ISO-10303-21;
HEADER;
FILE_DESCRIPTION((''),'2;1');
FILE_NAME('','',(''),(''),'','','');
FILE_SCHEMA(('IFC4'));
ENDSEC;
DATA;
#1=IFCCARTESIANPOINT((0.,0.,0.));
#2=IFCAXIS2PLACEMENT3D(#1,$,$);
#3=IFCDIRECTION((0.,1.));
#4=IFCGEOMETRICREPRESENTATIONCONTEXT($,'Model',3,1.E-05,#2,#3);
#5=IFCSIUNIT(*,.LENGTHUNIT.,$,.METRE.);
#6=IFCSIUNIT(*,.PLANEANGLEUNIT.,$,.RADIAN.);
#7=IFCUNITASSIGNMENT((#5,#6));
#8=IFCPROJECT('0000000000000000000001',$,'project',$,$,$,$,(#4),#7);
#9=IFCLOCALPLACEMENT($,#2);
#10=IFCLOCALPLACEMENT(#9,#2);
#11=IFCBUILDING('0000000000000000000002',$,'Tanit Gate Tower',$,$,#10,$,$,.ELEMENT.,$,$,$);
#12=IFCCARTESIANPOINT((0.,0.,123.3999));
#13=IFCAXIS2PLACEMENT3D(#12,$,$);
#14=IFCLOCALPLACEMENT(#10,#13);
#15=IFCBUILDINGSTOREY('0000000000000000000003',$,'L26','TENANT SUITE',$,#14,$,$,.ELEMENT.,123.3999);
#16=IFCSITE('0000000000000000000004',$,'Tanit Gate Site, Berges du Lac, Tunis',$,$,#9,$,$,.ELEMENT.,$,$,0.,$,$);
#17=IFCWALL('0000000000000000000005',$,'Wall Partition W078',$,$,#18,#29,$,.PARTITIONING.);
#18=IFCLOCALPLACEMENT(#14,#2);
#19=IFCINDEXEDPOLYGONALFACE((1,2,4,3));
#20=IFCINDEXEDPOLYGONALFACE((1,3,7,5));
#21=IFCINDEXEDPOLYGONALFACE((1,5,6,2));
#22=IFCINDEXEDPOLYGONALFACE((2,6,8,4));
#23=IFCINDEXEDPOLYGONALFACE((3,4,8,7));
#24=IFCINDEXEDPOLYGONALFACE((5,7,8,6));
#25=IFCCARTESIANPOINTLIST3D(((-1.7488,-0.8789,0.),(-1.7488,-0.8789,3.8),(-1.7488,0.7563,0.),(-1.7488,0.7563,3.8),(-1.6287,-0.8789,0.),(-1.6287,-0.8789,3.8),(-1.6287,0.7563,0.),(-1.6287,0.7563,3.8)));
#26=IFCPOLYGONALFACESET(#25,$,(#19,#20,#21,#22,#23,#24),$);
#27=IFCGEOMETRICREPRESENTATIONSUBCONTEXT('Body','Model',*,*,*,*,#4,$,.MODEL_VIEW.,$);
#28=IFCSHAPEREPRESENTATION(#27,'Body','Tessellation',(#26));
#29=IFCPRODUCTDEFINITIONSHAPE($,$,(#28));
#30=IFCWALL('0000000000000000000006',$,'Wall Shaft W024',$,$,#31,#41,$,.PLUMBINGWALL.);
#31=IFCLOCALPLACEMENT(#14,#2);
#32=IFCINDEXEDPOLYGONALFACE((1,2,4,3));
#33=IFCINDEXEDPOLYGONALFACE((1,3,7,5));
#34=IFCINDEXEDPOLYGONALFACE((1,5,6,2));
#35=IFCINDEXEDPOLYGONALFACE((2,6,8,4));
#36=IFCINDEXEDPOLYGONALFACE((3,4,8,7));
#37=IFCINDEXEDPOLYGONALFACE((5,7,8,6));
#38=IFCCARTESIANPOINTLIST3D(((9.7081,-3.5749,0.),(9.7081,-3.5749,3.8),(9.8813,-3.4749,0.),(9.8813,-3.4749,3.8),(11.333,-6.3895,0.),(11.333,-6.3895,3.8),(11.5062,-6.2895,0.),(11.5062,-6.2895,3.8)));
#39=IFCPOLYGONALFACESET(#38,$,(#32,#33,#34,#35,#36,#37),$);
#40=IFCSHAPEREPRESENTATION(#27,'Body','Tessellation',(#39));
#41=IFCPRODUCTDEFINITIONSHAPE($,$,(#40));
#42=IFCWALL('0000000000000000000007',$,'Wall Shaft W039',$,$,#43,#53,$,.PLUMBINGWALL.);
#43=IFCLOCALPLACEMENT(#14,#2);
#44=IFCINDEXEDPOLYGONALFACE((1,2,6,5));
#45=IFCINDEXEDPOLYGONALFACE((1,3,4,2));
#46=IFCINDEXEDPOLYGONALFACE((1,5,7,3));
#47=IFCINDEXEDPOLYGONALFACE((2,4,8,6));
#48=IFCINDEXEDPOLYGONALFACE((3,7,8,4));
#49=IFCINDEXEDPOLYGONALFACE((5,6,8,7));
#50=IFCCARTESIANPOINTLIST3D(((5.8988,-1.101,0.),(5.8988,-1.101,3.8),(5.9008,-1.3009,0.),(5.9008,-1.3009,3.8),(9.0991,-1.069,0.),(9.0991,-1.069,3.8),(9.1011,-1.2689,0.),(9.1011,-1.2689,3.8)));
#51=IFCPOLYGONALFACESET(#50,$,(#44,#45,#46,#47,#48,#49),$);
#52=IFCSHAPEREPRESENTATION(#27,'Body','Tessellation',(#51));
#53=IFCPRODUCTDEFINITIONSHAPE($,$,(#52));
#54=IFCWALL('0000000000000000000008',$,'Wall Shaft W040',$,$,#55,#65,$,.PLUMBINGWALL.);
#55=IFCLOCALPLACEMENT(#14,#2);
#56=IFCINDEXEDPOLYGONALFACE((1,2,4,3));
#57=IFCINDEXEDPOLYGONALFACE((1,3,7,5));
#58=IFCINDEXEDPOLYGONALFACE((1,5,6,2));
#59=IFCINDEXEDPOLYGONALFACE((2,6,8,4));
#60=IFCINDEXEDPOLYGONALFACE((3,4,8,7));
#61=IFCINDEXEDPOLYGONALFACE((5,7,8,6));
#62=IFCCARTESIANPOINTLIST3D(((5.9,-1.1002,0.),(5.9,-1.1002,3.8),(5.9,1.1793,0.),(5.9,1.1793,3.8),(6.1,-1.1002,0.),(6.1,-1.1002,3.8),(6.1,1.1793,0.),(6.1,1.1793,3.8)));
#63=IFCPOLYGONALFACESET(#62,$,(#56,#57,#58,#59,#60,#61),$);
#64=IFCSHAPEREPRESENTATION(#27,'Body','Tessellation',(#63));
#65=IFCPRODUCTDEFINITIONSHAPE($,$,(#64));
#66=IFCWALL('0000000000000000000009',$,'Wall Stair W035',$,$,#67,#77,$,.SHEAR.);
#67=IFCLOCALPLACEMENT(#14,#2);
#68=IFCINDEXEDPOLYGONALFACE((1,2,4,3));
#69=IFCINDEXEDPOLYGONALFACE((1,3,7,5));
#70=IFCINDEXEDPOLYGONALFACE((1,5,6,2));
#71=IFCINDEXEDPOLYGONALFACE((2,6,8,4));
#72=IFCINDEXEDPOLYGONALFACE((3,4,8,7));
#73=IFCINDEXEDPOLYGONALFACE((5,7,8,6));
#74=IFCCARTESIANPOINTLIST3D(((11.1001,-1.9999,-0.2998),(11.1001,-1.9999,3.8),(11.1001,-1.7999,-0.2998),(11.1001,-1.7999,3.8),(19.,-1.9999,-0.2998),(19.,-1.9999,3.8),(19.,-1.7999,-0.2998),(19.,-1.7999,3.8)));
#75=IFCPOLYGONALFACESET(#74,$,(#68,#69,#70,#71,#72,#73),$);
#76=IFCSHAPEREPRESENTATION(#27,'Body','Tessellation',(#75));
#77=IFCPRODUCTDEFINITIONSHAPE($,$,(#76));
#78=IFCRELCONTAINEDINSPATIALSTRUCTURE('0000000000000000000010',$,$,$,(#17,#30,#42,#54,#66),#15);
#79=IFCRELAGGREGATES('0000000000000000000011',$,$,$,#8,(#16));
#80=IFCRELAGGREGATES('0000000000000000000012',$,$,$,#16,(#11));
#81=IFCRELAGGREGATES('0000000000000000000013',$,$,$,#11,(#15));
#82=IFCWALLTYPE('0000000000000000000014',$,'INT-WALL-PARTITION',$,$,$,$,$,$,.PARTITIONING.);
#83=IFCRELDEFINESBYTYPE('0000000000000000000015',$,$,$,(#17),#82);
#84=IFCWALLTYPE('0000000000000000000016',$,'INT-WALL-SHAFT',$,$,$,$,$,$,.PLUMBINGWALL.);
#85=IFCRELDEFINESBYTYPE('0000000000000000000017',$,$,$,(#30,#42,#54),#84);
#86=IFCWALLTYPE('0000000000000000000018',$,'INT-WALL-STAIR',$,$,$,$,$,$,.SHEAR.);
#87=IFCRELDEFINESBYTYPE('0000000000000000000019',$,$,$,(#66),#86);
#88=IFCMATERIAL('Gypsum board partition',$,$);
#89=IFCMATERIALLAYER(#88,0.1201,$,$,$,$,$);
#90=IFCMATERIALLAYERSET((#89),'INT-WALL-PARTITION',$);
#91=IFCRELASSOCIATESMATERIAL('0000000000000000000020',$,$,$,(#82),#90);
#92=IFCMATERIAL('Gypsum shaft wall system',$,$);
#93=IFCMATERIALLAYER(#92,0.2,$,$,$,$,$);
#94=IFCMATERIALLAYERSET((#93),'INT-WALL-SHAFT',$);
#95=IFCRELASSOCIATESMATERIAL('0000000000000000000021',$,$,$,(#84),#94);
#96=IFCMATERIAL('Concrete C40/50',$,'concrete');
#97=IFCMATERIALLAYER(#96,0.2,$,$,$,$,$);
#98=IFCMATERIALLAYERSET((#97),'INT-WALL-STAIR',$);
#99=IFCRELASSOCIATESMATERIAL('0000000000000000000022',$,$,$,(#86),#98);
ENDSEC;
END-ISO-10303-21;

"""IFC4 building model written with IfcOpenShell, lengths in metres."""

from ifc_helpers import new_model, si_unit, direction, frame, frame_2d, origin, place, context, subcontext, project, spatial, rectangle, extrude, material, layer, layer_set, type_object, element, save


model = new_model("IFC4")

# Units and contexts
model_context = context("Model", 3, precision=1e-05, world=origin(), true_north=direction((0.0, 1.0)))
body_context = subcontext(model_context, "Body", "Model", "MODEL_VIEW")
ifc_project = project(units=[si_unit("LENGTHUNIT", "METRE"), si_unit("PLANEANGLEUNIT", "RADIAN")], contexts=[model_context])

# Site, building, storey
site_placement = place(None, origin())
site = spatial("IfcSite", under=ifc_project, at=site_placement, Name="Tanit Gate Site, Berges du Lac, Tunis", CompositionType="ELEMENT", RefElevation=0.0)
building_placement = place(site_placement, origin())
building = spatial("IfcBuilding", under=site, at=building_placement, Name="Tanit Gate Tower", CompositionType="ELEMENT")
storey_placement = place(building_placement, frame((0.0, 0.0, 123.3999)))
storey = spatial("IfcBuildingStorey", under=building, at=storey_placement, Name="L26", Description="TENANT SUITE", CompositionType="ELEMENT", Elevation=123.3999)

# Shared definitions
ifc_material_1 = material(Name="Gypsum board partition")
ifc_layer_1 = layer(ifc_material_1, 0.1201)
ifc_layer_set_1 = layer_set([ifc_layer_1], Name="INT-WALL-PARTITION")
wall_type_1 = type_object("IfcWallType", Name="INT-WALL-PARTITION", PredefinedType="PARTITIONING", material=ifc_layer_set_1)

# Walls
wall_1_placement = place(storey_placement, frame((-1.6887, -0.8789, 0.0), z_axis=(0.0, 0.0, 1.0), x_axis=(0.0, 1.0, 0.0)))
element("IfcWall", 1, at=wall_1_placement, inside=storey, type_object=wall_type_1, Name="Wall Partition W078", PredefinedType="PARTITIONING", context=body_context, shape_type="SweptSolid", body=[
    extrude(rectangle(XDim=1.6353, YDim=0.1201, at=frame_2d((0.8176, 0.0))), origin(), (0.0, 0.0, 1.0), 3.8),
])
ifc_material_2 = material(Name="Gypsum shaft wall system")
ifc_layer_2 = layer(ifc_material_2, 0.2)
ifc_layer_set_2 = layer_set([ifc_layer_2], Name="INT-WALL-SHAFT")
wall_type_2 = type_object("IfcWallType", Name="INT-WALL-SHAFT", PredefinedType="PLUMBINGWALL", material=ifc_layer_set_2)
wall_2_placement = place(storey_placement, frame((9.7947, -3.5249, 0.0), z_axis=(0.0, 0.0, 1.0), x_axis=(0.499985, -0.866034, 0.0)))
element("IfcWall", 2, at=wall_2_placement, inside=storey, type_object=wall_type_2, Name="Wall Shaft W024", PredefinedType="PLUMBINGWALL", context=body_context, shape_type="SweptSolid", body=[
    extrude(rectangle(XDim=3.25, YDim=0.2, at=frame_2d((1.625, 0.0))), origin(), (0.0, 0.0, 1.0), 3.8),
])
wall_3_placement = place(storey_placement, frame((5.8999, -1.2009, 0.0), z_axis=(0.0, 0.0, 1.0), x_axis=(0.99995, 0.009993, 0.0)))
element("IfcWall", 3, at=wall_3_placement, inside=storey, type_object=wall_type_2, Name="Wall Shaft W039", PredefinedType="PLUMBINGWALL", context=body_context, shape_type="SweptSolid", body=[
    extrude(rectangle(XDim=3.2004, YDim=0.2, at=frame_2d((1.6001, 0.0))), origin(), (0.0, 0.0, 1.0), 3.8),
])
wall_4_placement = place(storey_placement, frame((6.0, -1.1001, 0.0), z_axis=(0.0, 0.0, 1.0), x_axis=(0.0, 1.0, 0.0)))
element("IfcWall", 4, at=wall_4_placement, inside=storey, type_object=wall_type_2, Name="Wall Shaft W040", PredefinedType="PLUMBINGWALL", context=body_context, shape_type="SweptSolid", body=[
    extrude(rectangle(XDim=2.2795, YDim=0.2, at=frame_2d((1.1396, 0.0))), origin(), (0.0, 0.0, 1.0), 3.8),
])
ifc_material_3 = material(Name="Concrete C40/50", Category="concrete")
ifc_layer_3 = layer(ifc_material_3, 0.2)
ifc_layer_set_3 = layer_set([ifc_layer_3], Name="INT-WALL-STAIR")
wall_type_3 = type_object("IfcWallType", Name="INT-WALL-STAIR", PredefinedType="SHEAR", material=ifc_layer_set_3)
wall_5_placement = place(storey_placement, frame((11.1001, -1.8999, -0.2998), z_axis=(0.0, 0.0, 1.0), x_axis=(1.0, 0.0, 0.0)))
element("IfcWall", 5, at=wall_5_placement, inside=storey, type_object=wall_type_3, Name="Wall Stair W035", PredefinedType="SHEAR", context=body_context, shape_type="SweptSolid", body=[
    extrude(rectangle(XDim=7.8999, YDim=0.2, at=frame_2d((3.95, 0.0))), origin(), (0.0, 0.0, 1.0), 4.0999),
])

save(model, "model.ifc")
